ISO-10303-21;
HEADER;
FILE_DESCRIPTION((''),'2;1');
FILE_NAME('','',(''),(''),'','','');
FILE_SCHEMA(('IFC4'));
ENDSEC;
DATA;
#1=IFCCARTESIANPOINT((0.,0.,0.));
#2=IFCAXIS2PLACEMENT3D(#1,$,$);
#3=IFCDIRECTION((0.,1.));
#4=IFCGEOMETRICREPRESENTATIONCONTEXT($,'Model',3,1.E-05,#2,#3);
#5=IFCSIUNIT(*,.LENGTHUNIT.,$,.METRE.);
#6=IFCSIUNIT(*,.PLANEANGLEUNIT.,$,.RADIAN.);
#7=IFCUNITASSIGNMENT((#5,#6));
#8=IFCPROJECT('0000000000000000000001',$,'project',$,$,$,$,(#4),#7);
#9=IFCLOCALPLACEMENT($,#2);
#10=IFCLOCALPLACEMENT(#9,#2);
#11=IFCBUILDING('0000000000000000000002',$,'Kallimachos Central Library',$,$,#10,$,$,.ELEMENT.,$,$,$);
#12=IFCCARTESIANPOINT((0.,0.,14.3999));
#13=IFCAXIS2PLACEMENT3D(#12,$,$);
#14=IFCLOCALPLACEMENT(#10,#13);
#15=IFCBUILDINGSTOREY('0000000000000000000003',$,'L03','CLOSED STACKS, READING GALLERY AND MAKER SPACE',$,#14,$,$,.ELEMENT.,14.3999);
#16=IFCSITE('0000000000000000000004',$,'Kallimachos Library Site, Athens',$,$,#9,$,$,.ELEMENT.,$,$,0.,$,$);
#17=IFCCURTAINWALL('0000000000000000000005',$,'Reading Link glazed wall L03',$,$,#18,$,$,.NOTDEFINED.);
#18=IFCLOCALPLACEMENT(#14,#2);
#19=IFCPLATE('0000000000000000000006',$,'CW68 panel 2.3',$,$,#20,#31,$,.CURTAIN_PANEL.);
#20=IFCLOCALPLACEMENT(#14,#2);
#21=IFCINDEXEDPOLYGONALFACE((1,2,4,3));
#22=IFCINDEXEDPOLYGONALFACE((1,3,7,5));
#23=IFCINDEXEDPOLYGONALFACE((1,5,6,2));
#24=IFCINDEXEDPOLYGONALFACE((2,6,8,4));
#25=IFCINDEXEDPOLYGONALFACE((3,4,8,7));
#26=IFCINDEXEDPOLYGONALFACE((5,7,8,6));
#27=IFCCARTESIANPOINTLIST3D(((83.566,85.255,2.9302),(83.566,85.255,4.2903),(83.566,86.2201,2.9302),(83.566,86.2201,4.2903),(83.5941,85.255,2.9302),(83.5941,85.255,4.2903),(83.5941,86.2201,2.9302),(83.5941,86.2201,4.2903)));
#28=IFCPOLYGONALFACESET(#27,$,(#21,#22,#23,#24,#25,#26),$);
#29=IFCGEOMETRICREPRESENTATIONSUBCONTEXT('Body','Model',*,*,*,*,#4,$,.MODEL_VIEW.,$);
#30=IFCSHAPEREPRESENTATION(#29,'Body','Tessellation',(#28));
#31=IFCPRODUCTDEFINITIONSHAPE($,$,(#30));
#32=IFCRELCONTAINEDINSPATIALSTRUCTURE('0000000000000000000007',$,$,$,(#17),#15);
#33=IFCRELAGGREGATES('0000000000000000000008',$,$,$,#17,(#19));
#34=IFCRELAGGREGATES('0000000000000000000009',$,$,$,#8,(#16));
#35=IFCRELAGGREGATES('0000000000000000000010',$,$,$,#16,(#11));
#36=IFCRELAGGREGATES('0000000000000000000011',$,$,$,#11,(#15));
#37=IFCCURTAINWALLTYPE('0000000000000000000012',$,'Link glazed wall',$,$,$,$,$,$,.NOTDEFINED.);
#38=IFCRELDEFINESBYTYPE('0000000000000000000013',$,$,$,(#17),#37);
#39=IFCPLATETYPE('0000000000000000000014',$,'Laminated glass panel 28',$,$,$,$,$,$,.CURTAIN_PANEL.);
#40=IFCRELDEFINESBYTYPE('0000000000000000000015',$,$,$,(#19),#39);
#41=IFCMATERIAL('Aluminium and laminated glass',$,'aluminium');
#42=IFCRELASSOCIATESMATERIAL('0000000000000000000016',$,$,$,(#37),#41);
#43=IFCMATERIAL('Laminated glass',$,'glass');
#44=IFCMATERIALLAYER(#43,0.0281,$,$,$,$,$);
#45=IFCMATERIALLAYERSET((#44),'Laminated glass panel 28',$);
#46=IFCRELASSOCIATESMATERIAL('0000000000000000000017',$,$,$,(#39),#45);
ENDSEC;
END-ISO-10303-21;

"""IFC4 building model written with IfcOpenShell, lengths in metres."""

from ifc_helpers import new_model, si_unit, direction, frame, origin, origin_2d, place, context, subcontext, project, spatial, rectangle, extrude, material, layer, layer_set, type_object, element, aggregate, save


model = new_model("IFC4")

# Units and contexts
model_context = context("Model", 3, precision=1e-05, world=origin(), true_north=direction((0.0, 1.0)))
body_context = subcontext(model_context, "Body", "Model", "MODEL_VIEW")
ifc_project = project(units=[si_unit("LENGTHUNIT", "METRE"), si_unit("PLANEANGLEUNIT", "RADIAN")], contexts=[model_context])

# Site, building, storey
site_placement = place(None, origin())
site = spatial("IfcSite", under=ifc_project, at=site_placement, Name="Kallimachos Library Site, Athens", CompositionType="ELEMENT", RefElevation=0.0)
building_placement = place(site_placement, origin())
building = spatial("IfcBuilding", under=site, at=building_placement, Name="Kallimachos Central Library", CompositionType="ELEMENT")
storey_placement = place(building_placement, frame((0.0, 0.0, 14.3999)))
storey = spatial("IfcBuildingStorey", under=building, at=storey_placement, Name="L03", Description="CLOSED STACKS, READING GALLERY AND MAKER SPACE", CompositionType="ELEMENT", Elevation=14.3999)

# Curtain wall
ifc_material_1 = material(Name="Aluminium and laminated glass", Category="aluminium")
curtain_wall_type = type_object("IfcCurtainWallType", Name="Link glazed wall", PredefinedType="NOTDEFINED", material=ifc_material_1)
curtain_wall_placement = place(storey_placement, origin())
curtain_wall = element("IfcCurtainWall", 1, at=curtain_wall_placement, inside=storey, type_object=curtain_wall_type, Name="Reading Link glazed wall L03", PredefinedType="NOTDEFINED")

# Plate
ifc_material_2 = material(Name="Laminated glass", Category="glass")
ifc_layer = layer(ifc_material_2, 0.0281)
ifc_layer_set = layer_set([ifc_layer], Name="Laminated glass panel 28")
plate_type = type_object("IfcPlateType", Name="Laminated glass panel 28", PredefinedType="CURTAIN_PANEL", material=ifc_layer_set)
plate_1_placement = place(storey_placement, frame((83.5801, 85.7375, 2.9302), z_axis=(0.0, 0.0, 1.0), x_axis=(0.0, 1.0, 0.0)))
plate_1 = element("IfcPlate", 2, at=plate_1_placement, type_object=plate_type, Name="CW68 panel 2.3", PredefinedType="CURTAIN_PANEL", context=body_context, shape_type="SweptSolid", body=[
    extrude(rectangle(XDim=0.9651, YDim=0.0281, at=origin_2d()), origin(), (0.0, 0.0, 1.0), 1.3601),
])
aggregate(curtain_wall, [plate_1])

save(model, "model.ifc")
